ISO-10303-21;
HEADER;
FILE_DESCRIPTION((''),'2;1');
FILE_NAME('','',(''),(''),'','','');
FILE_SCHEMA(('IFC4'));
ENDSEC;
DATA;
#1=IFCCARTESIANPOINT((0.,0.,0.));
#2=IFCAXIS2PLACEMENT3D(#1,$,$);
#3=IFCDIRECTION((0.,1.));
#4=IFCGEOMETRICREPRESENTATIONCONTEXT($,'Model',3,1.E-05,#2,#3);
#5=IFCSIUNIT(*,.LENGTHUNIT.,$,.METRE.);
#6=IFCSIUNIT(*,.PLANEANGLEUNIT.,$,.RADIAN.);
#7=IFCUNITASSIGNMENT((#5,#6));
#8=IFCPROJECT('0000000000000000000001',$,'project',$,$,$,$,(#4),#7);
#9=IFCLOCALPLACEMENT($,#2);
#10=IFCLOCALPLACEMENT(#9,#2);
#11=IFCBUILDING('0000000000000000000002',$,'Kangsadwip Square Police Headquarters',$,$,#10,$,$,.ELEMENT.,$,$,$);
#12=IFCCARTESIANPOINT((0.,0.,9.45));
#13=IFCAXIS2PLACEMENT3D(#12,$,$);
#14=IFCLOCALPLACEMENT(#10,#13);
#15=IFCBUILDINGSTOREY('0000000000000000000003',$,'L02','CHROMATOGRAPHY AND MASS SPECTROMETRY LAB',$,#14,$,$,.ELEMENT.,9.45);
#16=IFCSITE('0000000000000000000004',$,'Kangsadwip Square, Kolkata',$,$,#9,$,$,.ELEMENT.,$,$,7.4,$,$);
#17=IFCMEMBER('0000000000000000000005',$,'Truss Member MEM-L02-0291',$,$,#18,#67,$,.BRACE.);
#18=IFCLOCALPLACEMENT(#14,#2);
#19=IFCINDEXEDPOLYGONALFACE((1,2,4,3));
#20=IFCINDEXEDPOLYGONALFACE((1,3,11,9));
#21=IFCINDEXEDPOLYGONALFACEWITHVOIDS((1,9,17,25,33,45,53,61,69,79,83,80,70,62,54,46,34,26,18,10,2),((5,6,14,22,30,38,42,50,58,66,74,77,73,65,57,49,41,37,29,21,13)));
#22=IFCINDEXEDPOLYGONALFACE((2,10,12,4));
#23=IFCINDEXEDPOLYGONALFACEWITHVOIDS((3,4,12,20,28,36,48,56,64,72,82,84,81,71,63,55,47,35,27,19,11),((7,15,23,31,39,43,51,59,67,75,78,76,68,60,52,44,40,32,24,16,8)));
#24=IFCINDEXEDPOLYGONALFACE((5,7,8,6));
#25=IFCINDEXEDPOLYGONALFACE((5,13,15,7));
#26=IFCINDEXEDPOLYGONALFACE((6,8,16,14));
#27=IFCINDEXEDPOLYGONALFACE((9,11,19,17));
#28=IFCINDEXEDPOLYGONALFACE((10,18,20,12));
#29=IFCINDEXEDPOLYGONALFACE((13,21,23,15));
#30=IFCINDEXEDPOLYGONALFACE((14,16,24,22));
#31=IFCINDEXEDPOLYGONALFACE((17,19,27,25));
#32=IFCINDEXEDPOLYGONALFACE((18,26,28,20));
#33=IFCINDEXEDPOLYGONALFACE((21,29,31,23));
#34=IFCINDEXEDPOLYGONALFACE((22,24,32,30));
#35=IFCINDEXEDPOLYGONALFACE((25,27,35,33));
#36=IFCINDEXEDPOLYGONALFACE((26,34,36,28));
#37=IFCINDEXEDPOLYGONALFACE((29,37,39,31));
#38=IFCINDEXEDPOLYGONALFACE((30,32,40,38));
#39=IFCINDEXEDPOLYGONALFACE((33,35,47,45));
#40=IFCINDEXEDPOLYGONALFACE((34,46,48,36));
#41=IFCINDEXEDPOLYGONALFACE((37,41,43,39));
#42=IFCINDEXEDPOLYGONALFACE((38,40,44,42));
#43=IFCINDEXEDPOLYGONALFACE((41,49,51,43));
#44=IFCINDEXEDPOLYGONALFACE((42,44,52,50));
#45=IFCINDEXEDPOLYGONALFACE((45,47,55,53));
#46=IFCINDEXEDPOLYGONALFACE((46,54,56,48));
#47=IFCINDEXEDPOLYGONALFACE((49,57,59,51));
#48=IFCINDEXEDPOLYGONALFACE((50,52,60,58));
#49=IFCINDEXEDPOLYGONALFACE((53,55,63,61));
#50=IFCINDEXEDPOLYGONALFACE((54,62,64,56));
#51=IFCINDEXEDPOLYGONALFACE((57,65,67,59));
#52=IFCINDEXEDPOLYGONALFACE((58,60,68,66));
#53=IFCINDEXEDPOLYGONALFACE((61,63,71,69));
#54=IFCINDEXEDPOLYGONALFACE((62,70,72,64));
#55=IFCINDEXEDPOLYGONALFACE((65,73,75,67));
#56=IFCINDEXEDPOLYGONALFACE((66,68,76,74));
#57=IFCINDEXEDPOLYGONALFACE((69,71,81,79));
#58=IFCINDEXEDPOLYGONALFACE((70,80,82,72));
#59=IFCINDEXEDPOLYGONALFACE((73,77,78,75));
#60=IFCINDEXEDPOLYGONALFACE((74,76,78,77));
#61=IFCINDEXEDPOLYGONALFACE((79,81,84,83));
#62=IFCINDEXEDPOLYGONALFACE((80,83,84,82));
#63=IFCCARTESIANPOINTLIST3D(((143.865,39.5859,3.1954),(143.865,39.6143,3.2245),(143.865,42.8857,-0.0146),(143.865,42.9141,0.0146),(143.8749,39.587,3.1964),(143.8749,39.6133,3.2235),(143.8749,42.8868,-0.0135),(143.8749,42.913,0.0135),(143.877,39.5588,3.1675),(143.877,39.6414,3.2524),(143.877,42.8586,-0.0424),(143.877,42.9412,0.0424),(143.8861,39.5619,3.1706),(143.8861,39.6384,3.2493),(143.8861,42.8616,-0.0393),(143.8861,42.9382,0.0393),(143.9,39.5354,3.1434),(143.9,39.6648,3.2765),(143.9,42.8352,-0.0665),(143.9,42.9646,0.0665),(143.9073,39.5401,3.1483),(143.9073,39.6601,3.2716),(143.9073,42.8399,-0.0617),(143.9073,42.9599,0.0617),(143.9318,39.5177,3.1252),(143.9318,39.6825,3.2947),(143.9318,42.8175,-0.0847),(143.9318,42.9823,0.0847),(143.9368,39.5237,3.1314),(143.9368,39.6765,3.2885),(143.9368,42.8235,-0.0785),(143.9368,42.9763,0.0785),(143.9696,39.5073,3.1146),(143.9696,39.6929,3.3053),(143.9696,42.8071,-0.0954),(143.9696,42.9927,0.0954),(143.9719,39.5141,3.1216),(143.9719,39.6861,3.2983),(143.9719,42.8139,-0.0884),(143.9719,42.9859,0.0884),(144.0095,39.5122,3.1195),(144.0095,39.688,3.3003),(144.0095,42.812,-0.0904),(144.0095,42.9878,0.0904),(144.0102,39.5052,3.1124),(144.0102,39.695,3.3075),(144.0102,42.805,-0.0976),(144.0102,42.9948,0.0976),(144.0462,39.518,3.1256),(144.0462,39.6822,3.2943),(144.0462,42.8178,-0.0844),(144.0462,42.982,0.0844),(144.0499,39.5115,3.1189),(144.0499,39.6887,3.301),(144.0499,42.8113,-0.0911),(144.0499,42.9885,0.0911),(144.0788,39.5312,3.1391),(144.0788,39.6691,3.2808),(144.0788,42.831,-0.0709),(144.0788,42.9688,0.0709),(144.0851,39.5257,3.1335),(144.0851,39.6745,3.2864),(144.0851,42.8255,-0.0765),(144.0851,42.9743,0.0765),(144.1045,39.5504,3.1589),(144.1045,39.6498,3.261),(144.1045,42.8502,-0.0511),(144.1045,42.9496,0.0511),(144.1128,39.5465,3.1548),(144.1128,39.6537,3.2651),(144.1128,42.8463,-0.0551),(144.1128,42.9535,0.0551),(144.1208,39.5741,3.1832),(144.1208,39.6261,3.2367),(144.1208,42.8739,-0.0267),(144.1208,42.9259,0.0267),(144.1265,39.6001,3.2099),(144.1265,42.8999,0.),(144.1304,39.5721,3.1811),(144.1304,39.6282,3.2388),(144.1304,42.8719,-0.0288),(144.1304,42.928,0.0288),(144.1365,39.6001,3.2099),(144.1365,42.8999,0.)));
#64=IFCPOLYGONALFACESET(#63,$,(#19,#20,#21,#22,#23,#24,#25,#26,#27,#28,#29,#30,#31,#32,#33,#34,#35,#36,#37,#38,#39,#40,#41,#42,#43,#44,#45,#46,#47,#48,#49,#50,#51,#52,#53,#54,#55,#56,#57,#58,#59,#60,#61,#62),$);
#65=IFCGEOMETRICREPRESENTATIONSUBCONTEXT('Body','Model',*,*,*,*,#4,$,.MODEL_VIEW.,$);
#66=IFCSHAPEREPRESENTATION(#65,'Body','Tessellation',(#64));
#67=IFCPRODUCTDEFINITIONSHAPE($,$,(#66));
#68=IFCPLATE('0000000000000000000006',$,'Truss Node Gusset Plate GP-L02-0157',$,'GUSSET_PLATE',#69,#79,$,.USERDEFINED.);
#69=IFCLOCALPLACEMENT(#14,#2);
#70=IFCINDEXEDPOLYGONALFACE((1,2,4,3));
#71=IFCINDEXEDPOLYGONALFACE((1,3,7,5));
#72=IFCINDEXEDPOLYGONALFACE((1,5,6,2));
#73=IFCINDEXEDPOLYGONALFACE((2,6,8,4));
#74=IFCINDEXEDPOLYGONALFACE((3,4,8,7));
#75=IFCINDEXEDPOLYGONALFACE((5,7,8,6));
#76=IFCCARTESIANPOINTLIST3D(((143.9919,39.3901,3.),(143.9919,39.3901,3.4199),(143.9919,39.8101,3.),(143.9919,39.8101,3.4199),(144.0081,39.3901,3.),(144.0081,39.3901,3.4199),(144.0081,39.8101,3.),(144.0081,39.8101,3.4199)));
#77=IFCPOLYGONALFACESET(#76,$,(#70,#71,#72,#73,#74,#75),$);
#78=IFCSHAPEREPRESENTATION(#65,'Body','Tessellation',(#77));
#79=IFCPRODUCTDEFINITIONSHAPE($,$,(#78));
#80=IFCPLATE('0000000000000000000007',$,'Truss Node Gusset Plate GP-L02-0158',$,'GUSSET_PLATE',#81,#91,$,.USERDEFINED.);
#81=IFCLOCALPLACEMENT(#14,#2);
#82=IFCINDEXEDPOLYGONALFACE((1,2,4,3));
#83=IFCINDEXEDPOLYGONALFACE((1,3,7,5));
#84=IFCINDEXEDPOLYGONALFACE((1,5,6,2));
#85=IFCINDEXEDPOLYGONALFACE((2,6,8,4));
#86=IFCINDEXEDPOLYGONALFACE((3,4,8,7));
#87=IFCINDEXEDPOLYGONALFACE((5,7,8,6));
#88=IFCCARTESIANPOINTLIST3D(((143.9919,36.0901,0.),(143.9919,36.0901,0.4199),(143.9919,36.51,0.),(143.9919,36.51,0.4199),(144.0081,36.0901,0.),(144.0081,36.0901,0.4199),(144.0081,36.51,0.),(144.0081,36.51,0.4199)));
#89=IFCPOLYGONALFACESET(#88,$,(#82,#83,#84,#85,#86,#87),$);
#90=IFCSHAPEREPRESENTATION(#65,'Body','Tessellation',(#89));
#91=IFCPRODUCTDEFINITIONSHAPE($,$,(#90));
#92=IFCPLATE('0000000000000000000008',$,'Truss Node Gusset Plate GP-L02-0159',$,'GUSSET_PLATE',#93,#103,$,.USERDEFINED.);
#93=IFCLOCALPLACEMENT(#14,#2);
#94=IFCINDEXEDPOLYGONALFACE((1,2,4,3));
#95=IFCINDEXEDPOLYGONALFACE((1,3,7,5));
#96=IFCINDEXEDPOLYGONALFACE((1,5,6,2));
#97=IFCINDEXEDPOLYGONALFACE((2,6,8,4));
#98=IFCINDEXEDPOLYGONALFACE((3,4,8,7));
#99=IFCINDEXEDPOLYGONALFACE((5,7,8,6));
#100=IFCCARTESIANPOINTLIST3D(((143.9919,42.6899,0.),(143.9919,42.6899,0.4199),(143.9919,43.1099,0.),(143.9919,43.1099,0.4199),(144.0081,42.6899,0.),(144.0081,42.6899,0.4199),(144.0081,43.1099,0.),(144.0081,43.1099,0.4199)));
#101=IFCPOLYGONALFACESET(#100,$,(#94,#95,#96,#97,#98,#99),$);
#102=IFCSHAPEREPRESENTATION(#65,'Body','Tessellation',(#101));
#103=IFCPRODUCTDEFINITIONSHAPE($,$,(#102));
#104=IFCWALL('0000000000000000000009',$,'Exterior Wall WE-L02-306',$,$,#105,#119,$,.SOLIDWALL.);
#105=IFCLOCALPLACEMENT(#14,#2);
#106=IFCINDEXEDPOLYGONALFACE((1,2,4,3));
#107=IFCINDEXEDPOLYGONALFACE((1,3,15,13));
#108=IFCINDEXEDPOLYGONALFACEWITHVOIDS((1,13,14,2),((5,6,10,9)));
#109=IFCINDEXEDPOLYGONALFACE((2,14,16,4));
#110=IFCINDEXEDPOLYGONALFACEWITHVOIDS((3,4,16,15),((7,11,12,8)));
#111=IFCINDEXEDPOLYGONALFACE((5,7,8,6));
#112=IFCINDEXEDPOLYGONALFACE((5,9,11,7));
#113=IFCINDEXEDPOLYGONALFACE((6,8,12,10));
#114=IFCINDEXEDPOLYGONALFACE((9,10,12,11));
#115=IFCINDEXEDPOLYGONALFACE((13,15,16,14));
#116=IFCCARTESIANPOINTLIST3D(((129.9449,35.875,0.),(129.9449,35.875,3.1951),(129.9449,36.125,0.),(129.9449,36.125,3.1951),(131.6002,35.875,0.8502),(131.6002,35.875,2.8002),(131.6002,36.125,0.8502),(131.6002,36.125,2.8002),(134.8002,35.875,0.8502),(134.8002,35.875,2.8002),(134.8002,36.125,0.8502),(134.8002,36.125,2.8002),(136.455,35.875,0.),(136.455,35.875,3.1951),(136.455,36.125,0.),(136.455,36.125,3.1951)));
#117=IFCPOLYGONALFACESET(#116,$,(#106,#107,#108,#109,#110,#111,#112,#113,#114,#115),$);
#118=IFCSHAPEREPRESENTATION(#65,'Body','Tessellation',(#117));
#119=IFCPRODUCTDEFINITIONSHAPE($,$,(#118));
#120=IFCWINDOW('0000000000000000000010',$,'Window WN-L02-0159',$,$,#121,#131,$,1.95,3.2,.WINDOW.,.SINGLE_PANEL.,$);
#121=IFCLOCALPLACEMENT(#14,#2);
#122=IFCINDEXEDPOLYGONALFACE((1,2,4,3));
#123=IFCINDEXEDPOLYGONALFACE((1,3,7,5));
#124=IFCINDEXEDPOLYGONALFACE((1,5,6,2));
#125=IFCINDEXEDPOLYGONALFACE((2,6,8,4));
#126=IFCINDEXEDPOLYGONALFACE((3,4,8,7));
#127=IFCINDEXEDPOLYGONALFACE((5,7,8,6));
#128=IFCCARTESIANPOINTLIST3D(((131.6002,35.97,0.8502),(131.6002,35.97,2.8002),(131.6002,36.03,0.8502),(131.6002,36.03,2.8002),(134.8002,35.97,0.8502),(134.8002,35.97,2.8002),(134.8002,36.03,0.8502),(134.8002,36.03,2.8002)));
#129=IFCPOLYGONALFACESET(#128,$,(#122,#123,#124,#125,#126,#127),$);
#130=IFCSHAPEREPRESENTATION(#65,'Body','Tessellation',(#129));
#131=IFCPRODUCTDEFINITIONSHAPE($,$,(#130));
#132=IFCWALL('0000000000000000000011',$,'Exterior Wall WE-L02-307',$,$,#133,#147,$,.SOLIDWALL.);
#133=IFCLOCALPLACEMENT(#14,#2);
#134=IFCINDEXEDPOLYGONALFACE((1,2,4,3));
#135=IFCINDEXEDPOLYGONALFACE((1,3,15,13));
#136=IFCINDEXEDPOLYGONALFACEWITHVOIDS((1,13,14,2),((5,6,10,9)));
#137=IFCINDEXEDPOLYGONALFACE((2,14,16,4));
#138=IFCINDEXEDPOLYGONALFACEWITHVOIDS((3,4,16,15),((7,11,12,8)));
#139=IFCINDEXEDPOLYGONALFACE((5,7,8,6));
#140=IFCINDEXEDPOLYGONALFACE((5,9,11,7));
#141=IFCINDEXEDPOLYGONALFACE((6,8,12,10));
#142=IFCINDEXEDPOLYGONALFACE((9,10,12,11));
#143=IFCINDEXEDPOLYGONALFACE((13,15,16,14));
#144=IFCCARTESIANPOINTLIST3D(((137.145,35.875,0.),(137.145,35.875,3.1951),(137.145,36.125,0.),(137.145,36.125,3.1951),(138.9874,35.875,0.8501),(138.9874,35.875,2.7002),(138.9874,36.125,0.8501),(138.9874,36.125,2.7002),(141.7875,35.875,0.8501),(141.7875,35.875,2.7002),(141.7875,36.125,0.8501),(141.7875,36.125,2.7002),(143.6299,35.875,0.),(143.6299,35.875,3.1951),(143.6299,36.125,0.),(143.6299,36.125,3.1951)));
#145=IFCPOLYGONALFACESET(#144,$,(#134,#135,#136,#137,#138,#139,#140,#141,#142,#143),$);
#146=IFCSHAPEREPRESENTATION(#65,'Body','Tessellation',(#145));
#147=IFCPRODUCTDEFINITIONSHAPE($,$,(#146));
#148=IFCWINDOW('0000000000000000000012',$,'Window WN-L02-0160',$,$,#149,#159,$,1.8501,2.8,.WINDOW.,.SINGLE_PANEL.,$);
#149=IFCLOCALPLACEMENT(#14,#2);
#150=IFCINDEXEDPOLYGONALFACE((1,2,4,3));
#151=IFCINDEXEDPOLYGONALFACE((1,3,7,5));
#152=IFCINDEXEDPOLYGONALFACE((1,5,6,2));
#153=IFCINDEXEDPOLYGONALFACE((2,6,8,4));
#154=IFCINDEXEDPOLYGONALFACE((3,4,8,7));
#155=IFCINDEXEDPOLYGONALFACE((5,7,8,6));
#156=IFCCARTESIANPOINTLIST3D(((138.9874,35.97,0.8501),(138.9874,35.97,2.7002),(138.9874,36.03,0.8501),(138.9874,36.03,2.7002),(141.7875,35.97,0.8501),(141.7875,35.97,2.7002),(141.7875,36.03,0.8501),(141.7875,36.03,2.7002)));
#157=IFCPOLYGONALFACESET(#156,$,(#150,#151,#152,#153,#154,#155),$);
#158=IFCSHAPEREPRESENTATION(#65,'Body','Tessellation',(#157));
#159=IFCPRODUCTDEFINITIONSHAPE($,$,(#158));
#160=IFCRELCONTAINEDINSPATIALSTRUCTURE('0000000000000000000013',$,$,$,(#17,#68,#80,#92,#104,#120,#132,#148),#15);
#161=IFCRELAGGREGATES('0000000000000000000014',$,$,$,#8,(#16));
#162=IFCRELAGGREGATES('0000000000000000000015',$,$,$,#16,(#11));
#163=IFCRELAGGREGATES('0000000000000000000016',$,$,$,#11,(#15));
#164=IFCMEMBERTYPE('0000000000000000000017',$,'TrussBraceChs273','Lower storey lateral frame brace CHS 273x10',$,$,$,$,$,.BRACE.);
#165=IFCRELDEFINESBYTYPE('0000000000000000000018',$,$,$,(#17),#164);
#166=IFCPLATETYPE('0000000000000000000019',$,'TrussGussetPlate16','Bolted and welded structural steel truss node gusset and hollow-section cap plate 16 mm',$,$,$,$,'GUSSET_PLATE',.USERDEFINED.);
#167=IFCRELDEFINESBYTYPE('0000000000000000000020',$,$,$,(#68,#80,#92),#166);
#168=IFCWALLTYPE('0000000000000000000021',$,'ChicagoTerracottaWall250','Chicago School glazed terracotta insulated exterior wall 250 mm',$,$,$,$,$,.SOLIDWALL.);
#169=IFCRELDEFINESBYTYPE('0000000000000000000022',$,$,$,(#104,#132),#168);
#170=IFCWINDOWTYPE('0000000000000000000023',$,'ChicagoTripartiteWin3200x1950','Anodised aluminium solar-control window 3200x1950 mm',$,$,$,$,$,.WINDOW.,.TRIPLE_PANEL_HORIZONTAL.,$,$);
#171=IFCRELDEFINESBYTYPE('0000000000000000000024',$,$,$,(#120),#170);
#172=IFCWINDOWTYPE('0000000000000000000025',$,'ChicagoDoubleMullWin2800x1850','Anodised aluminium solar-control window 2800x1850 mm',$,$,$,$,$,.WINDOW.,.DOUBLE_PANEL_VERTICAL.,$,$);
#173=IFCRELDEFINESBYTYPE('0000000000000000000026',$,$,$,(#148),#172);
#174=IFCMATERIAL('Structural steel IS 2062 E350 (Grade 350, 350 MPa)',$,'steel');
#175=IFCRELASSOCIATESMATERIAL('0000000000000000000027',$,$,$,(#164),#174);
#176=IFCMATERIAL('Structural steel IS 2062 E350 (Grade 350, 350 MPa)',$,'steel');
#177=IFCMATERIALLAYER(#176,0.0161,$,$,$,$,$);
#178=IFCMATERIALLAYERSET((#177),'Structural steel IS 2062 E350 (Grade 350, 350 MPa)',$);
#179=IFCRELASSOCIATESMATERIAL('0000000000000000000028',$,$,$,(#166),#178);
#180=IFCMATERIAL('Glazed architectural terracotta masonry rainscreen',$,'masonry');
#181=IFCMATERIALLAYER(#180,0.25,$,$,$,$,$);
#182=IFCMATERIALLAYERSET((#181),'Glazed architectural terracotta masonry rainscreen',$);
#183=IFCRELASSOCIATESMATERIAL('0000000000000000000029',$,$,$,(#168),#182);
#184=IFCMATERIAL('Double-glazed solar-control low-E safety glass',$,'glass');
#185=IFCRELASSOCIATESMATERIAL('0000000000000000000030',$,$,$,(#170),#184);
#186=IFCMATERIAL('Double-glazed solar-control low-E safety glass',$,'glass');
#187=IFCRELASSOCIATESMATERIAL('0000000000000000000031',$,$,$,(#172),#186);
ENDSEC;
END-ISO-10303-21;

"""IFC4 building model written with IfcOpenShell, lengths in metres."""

from ifc_helpers import new_model, si_unit, direction, frame, frame_2d, origin, origin_2d, place, context, subcontext, project, spatial, rectangle, hollow_circle, extrude, material, layer, layer_set, material_profile, profile_set, type_object, element, fill, save


model = new_model("IFC4")

# Units and contexts
model_context = context("Model", 3, precision=1e-05, world=origin(), true_north=direction((0.0, 1.0)))
body_context = subcontext(model_context, "Body", "Model", "MODEL_VIEW")
ifc_project = project(units=[si_unit("LENGTHUNIT", "METRE"), si_unit("PLANEANGLEUNIT", "RADIAN")], contexts=[model_context])

# Site, building, storey
site_placement = place(None, origin())
site = spatial("IfcSite", under=ifc_project, at=site_placement, Name="Kangsadwip Square, Kolkata", CompositionType="ELEMENT", RefElevation=7.4)
building_placement = place(site_placement, origin())
building = spatial("IfcBuilding", under=site, at=building_placement, Name="Kangsadwip Square Police Headquarters", CompositionType="ELEMENT")
storey_placement = place(building_placement, frame((0.0, 0.0, 9.45)))
storey = spatial("IfcBuildingStorey", under=building, at=storey_placement, Name="L02", Description="CHROMATOGRAPHY AND MASS SPECTROMETRY LAB", CompositionType="ELEMENT", Elevation=9.45)

# Member
ifc_material_1 = material(Name="Structural steel IS 2062 E350 (Grade 350, 350 MPa)", Category="steel")
ifc_material_profile_1 = material_profile(ifc_material_1, hollow_circle(Radius=0.1365, WallThickness=0.01, at=origin_2d()), Name="CHS 273X10")
ifc_profile_set_1 = profile_set([ifc_material_profile_1], Name="Structural steel IS 2062 E350 (Grade 350, 350 MPa)")
member_type = type_object("IfcMemberType", Name="TrussBraceChs273", Description="Lower storey lateral frame brace CHS 273x10", PredefinedType="BRACE", material=ifc_profile_set_1)
member_1_placement = place(storey_placement, frame((144.0, 42.8999, 0.0), z_axis=(0.0, -0.716798, 0.697281), x_axis=(1.0, 0.0, 0.0)))
element("IfcMember", 1, at=member_1_placement, inside=storey, type_object=member_type, Name="Truss Member MEM-L02-0291", PredefinedType="BRACE", context=body_context, shape_type="SweptSolid", body=[
    extrude(hollow_circle(Radius=0.1365, WallThickness=0.01, at=origin_2d()), origin(), (0.0, 0.0, 1.0), 4.6035),
])

# Plates
ifc_material_2 = material(Name="Structural steel IS 2062 E350 (Grade 350, 350 MPa)", Category="steel")
ifc_layer_1 = layer(ifc_material_2, 0.0161)
ifc_layer_set_1 = layer_set([ifc_layer_1], Name="Structural steel IS 2062 E350 (Grade 350, 350 MPa)")
plate_type = type_object("IfcPlateType", Name="TrussGussetPlate16", Description="Bolted and welded structural steel truss node gusset and hollow-section cap plate 16 mm", ElementType="GUSSET_PLATE", PredefinedType="USERDEFINED", material=ifc_layer_set_1)
for number, where, z_axis, x_axis, name in (
    (2, (144.0, 39.6001, 3.0), (0.0, 0.0, 1.0), (0.0, 1.0, 0.0), "Truss Node Gusset Plate GP-L02-0157"),
    (3, (144.0, 36.3, 0.0), (0.0, 0.0, 1.0), (0.0, 1.0, 0.0), "Truss Node Gusset Plate GP-L02-0158"),
    (4, (144.0, 42.8999, 0.0), (0.0, 0.0, 1.0), (0.0, 1.0, 0.0), "Truss Node Gusset Plate GP-L02-0159"),
):
    element("IfcPlate", number, at=place(storey_placement, frame(where, z_axis=z_axis, x_axis=x_axis)), inside=storey, type_object=plate_type, Name=name, ObjectType="GUSSET_PLATE", PredefinedType="USERDEFINED", context=body_context, shape_type="SweptSolid", body=[
        extrude(rectangle(XDim=0.4199, YDim=0.0161, at=origin_2d()), origin(), (0.0, 0.0, 1.0), 0.4199),
    ])

# Walls, openings, windows
ifc_material_3 = material(Name="Glazed architectural terracotta masonry rainscreen", Category="masonry")
ifc_layer_2 = layer(ifc_material_3, 0.25)
ifc_layer_set_2 = layer_set([ifc_layer_2], Name="Glazed architectural terracotta masonry rainscreen")
wall_type_1 = type_object("IfcWallType", Name="ChicagoTerracottaWall250", Description="Chicago School glazed terracotta insulated exterior wall 250 mm", PredefinedType="SOLIDWALL", material=ifc_layer_set_2)
wall_1_placement = place(storey_placement, frame((129.9451, 36.0, 0.0), z_axis=(0.0, 0.0, 1.0), x_axis=(1.0, 0.0, 0.0)))
wall_1 = element("IfcWall", 5, at=wall_1_placement, inside=storey, type_object=wall_type_1, Name="Exterior Wall WE-L02-306", PredefinedType="SOLIDWALL", context=body_context, shape_type="SweptSolid", body=[
    extrude(rectangle(XDim=6.51, YDim=0.25, at=frame_2d((3.2549, 0.0))), origin(), (0.0, 0.0, 1.0), 3.1951),
])
opening_1_placement = place(wall_1_placement, frame((1.655, 0.0, 0.8501)))
opening_1 = element("IfcOpeningElement", 6, at=opening_1_placement, cuts=wall_1, PredefinedType="OPENING", context=body_context, shape_type="SweptSolid", body=[
    extrude(rectangle(XDim=3.2, YDim=1.95, at=frame_2d((1.6001, 0.9751))), frame((0.0, 0.135, 0.0), z_axis=(0.0, -1.0, 0.0), x_axis=(1.0, 0.0, 0.0)), (0.0, 0.0, 1.0), 0.27),
])
ifc_material_4 = material(Name="Double-glazed solar-control low-E safety glass", Category="glass")
window_type_1 = type_object("IfcWindowType", Name="ChicagoTripartiteWin3200x1950", Description="Anodised aluminium solar-control window 3200x1950 mm", PartitioningType="TRIPLE_PANEL_HORIZONTAL", PredefinedType="WINDOW", material=ifc_material_4)
window_1_placement = place(opening_1_placement, origin())
window_1 = element("IfcWindow", 7, at=window_1_placement, inside=storey, type_object=window_type_1, Name="Window WN-L02-0159", OverallHeight=1.95, OverallWidth=3.2, PartitioningType="SINGLE_PANEL", PredefinedType="WINDOW", context=body_context, shape_type="SweptSolid", body=[
    extrude(rectangle(XDim=3.2, YDim=1.95, at=frame_2d((1.6001, 0.9751))), frame((0.0, 0.03, 0.0), z_axis=(0.0, -1.0, 0.0), x_axis=(1.0, 0.0, 0.0)), (0.0, 0.0, 1.0), 0.0601),
])
fill(opening_1, window_1)
wall_2_placement = place(storey_placement, frame((137.145, 36.0, 0.0), z_axis=(0.0, 0.0, 1.0), x_axis=(1.0, 0.0, 0.0)))
wall_2 = element("IfcWall", 8, at=wall_2_placement, inside=storey, type_object=wall_type_1, Name="Exterior Wall WE-L02-307", PredefinedType="SOLIDWALL", context=body_context, shape_type="SweptSolid", body=[
    extrude(rectangle(XDim=6.4849, YDim=0.25, at=frame_2d((3.2424, 0.0))), origin(), (0.0, 0.0, 1.0), 3.1951),
])
opening_2_placement = place(wall_2_placement, frame((1.8425, 0.0, 0.8501)))
opening_2 = element("IfcOpeningElement", 9, at=opening_2_placement, cuts=wall_2, PredefinedType="OPENING", context=body_context, shape_type="SweptSolid", body=[
    extrude(rectangle(XDim=2.8, YDim=1.8501, at=frame_2d((1.3999, 0.925))), frame((0.0, 0.135, 0.0), z_axis=(0.0, -1.0, 0.0), x_axis=(1.0, 0.0, 0.0)), (0.0, 0.0, 1.0), 0.27),
])
ifc_material_5 = material(Name="Double-glazed solar-control low-E safety glass", Category="glass")
window_type_2 = type_object("IfcWindowType", Name="ChicagoDoubleMullWin2800x1850", Description="Anodised aluminium solar-control window 2800x1850 mm", PartitioningType="DOUBLE_PANEL_VERTICAL", PredefinedType="WINDOW", material=ifc_material_5)
window_2_placement = place(opening_2_placement, origin())
window_2 = element("IfcWindow", 10, at=window_2_placement, inside=storey, type_object=window_type_2, Name="Window WN-L02-0160", OverallHeight=1.8501, OverallWidth=2.8, PartitioningType="SINGLE_PANEL", PredefinedType="WINDOW", context=body_context, shape_type="SweptSolid", body=[
    extrude(rectangle(XDim=2.8, YDim=1.8501, at=frame_2d((1.3999, 0.925))), frame((0.0, 0.03, 0.0), z_axis=(0.0, -1.0, 0.0), x_axis=(1.0, 0.0, 0.0)), (0.0, 0.0, 1.0), 0.0601),
])
fill(opening_2, window_2)

save(model, "model.ifc")
